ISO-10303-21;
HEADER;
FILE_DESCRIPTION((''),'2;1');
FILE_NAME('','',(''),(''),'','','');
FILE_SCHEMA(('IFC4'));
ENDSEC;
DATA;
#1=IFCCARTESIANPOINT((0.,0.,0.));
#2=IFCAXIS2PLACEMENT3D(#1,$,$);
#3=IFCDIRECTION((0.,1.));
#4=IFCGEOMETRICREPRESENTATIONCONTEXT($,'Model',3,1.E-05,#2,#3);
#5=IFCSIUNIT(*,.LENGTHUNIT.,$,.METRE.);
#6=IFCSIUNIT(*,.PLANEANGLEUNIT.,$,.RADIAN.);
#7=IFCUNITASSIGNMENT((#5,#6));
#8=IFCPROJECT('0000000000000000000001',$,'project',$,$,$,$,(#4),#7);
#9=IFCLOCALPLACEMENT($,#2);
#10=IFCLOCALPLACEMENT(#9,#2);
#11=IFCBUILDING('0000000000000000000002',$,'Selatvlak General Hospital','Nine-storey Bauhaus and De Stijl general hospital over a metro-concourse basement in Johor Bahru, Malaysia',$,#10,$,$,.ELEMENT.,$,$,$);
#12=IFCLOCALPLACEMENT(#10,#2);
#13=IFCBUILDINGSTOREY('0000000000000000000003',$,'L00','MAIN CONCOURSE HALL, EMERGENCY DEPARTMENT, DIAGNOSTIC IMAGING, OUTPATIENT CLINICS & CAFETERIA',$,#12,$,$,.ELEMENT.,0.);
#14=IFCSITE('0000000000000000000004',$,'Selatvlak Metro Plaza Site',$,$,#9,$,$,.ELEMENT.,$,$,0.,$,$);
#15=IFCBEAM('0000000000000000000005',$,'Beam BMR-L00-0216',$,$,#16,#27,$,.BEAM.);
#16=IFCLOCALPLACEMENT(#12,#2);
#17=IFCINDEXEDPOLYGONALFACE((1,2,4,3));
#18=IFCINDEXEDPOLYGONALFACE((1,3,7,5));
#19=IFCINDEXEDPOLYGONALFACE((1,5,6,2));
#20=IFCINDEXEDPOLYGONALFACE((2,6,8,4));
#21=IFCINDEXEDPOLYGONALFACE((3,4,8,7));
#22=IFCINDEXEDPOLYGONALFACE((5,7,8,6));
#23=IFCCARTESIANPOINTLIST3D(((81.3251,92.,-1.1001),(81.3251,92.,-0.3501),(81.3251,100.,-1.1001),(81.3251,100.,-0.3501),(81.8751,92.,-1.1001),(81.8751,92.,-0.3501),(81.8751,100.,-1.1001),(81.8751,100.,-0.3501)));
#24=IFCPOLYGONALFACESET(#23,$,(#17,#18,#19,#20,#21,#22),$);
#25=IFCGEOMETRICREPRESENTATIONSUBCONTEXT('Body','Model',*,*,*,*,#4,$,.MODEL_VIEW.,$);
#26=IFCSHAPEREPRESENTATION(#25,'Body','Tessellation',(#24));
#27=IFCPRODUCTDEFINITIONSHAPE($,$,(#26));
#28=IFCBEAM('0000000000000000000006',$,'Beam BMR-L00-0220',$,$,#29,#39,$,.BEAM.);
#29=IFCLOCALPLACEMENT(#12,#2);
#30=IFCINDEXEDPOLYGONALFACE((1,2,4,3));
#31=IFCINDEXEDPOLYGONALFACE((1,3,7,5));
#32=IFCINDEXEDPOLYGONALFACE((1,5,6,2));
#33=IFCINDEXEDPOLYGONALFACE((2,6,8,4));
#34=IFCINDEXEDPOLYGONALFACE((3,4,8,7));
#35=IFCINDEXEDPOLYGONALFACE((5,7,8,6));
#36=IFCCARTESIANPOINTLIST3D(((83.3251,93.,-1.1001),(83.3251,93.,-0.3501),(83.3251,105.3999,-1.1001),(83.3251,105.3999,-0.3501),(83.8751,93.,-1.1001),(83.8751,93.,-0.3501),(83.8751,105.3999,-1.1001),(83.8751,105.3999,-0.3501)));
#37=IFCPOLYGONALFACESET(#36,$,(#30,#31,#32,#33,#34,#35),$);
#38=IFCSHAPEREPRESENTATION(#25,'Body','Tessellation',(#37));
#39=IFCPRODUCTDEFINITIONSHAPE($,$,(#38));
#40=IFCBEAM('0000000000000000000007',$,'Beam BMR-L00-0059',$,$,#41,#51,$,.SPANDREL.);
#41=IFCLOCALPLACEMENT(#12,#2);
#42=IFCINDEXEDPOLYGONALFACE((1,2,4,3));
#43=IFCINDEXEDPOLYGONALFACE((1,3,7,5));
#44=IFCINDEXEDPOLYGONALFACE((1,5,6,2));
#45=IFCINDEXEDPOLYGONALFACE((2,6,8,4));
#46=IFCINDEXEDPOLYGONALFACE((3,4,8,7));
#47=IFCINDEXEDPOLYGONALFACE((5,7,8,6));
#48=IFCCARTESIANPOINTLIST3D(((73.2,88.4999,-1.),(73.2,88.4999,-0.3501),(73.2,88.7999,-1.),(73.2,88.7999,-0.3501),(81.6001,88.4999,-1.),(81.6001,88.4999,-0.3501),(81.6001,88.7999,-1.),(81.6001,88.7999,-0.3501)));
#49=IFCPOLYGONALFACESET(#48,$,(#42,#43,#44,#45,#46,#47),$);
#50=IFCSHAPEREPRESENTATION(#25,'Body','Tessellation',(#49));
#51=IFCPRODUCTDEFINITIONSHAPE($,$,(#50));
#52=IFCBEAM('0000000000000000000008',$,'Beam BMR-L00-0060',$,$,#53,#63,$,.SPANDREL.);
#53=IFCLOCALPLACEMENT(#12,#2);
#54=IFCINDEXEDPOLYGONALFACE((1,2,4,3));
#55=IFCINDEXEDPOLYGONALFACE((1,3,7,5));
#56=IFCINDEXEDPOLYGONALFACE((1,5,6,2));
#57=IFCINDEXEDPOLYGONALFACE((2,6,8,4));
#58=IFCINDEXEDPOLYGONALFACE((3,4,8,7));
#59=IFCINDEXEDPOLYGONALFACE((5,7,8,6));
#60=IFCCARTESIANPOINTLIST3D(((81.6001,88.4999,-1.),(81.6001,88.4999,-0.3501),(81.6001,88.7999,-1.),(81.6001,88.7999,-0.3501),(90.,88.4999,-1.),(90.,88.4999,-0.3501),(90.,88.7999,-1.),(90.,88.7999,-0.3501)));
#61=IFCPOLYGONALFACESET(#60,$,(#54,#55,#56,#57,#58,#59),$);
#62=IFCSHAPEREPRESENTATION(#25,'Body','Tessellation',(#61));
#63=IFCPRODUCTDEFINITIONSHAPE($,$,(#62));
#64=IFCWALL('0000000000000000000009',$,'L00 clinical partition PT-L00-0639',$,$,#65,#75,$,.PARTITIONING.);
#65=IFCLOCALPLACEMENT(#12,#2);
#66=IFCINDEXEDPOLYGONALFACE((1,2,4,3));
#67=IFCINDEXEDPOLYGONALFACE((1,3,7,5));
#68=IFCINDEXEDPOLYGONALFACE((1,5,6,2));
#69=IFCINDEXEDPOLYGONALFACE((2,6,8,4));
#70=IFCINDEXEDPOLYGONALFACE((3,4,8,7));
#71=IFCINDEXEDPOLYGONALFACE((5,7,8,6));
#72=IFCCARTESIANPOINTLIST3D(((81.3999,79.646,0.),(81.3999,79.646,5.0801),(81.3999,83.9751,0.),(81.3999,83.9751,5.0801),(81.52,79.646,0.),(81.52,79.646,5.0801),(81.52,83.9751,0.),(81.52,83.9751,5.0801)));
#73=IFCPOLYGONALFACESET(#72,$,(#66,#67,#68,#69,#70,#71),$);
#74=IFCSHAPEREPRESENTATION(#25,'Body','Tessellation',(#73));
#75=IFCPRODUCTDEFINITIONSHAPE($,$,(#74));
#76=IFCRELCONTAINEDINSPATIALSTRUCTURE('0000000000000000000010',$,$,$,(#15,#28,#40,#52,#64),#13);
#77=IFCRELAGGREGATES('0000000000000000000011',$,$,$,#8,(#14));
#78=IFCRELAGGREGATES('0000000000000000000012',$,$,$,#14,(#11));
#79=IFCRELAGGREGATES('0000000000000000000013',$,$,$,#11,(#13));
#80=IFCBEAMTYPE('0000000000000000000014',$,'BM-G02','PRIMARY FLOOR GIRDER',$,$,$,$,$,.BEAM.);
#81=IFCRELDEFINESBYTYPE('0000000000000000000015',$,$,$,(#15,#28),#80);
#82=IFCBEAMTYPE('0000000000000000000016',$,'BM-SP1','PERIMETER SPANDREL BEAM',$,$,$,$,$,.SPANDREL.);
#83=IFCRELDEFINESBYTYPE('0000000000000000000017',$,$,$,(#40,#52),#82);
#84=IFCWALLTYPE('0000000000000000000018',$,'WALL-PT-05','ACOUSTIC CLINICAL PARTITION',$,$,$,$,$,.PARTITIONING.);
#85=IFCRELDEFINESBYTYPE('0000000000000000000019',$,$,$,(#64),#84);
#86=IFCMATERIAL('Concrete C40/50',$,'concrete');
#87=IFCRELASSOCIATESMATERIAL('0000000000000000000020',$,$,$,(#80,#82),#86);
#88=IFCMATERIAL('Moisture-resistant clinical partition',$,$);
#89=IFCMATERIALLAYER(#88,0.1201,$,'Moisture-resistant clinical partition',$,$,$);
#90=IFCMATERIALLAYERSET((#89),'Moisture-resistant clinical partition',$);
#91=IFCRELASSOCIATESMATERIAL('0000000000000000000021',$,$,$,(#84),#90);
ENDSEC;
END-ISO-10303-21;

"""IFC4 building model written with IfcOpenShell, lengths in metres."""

from ifc_helpers import new_model, si_unit, direction, frame, frame_2d, origin, origin_2d, place, context, subcontext, project, spatial, rectangle, extrude, material, layer, layer_set, material_profile, profile_set, type_object, element, save


model = new_model("IFC4")

# Units and contexts
model_context = context("Model", 3, precision=1e-05, world=origin(), true_north=direction((0.0, 1.0)))
body_context = subcontext(model_context, "Body", "Model", "MODEL_VIEW")
ifc_project = project(units=[si_unit("LENGTHUNIT", "METRE"), si_unit("PLANEANGLEUNIT", "RADIAN")], contexts=[model_context])

# Site, building, storey
site_placement = place(None, origin())
site = spatial("IfcSite", under=ifc_project, at=site_placement, Name="Selatvlak Metro Plaza Site", CompositionType="ELEMENT", RefElevation=0.0)
building_placement = place(site_placement, origin())
building = spatial("IfcBuilding", under=site, at=building_placement, Name="Selatvlak General Hospital", Description="Nine-storey Bauhaus and De Stijl general hospital over a metro-concourse basement in Johor Bahru, Malaysia", CompositionType="ELEMENT")
storey_placement = place(building_placement, origin())
storey = spatial("IfcBuildingStorey", under=building, at=storey_placement, Name="L00", Description="MAIN CONCOURSE HALL, EMERGENCY DEPARTMENT, DIAGNOSTIC IMAGING, OUTPATIENT CLINICS & CAFETERIA", CompositionType="ELEMENT", Elevation=0.0)

# Beams
ifc_material_1 = material(Name="Concrete C40/50", Category="concrete")
ifc_material_profile_1 = material_profile(ifc_material_1, rectangle(XDim=0.55, YDim=0.75, at=origin_2d()), Name="RC-BM 550x750")
ifc_profile_set_1 = profile_set([ifc_material_profile_1], Name="Concrete C40/50")
beam_type_1 = type_object("IfcBeamType", Name="BM-G02", Description="PRIMARY FLOOR GIRDER", PredefinedType="BEAM", material=ifc_profile_set_1)
beam_1_placement = place(storey_placement, frame((81.6001, 92.0, -0.7251), z_axis=(0.0, 1.0, 0.0), x_axis=(-1.0, 0.0, 0.0)))
element("IfcBeam", 1, at=beam_1_placement, inside=storey, type_object=beam_type_1, Name="Beam BMR-L00-0216", PredefinedType="BEAM", context=body_context, shape_type="SweptSolid", body=[
    extrude(rectangle(XDim=0.55, YDim=0.75, at=origin_2d()), origin(), (0.0, 0.0, 1.0), 8.0),
])
beam_2_placement = place(storey_placement, frame((83.6001, 93.0, -0.7251), z_axis=(0.0, 1.0, 0.0), x_axis=(-1.0, 0.0, 0.0)))
element("IfcBeam", 2, at=beam_2_placement, inside=storey, type_object=beam_type_1, Name="Beam BMR-L00-0220", PredefinedType="BEAM", context=body_context, shape_type="SweptSolid", body=[
    extrude(rectangle(XDim=0.55, YDim=0.75, at=origin_2d()), origin(), (0.0, 0.0, 1.0), 12.3999),
])
ifc_material_profile_2 = material_profile(ifc_material_1, rectangle(XDim=0.3, YDim=0.6499, at=origin_2d()), Name="RC-SP 300x650")
ifc_profile_set_2 = profile_set([ifc_material_profile_2], Name="Concrete C40/50")
beam_type_2 = type_object("IfcBeamType", Name="BM-SP1", Description="PERIMETER SPANDREL BEAM", PredefinedType="SPANDREL", material=ifc_profile_set_2)
beam_3_placement = place(storey_placement, frame((73.2, 88.6499, -0.675), z_axis=(1.0, 0.0, 0.0), x_axis=(0.0, 1.0, 0.0)))
element("IfcBeam", 3, at=beam_3_placement, inside=storey, type_object=beam_type_2, Name="Beam BMR-L00-0059", PredefinedType="SPANDREL", context=body_context, shape_type="SweptSolid", body=[
    extrude(rectangle(XDim=0.3, YDim=0.6499, at=origin_2d()), origin(), (0.0, 0.0, 1.0), 8.4001),
])
beam_4_placement = place(storey_placement, frame((81.6001, 88.6499, -0.675), z_axis=(1.0, 0.0, 0.0), x_axis=(0.0, 1.0, 0.0)))
element("IfcBeam", 4, at=beam_4_placement, inside=storey, type_object=beam_type_2, Name="Beam BMR-L00-0060", PredefinedType="SPANDREL", context=body_context, shape_type="SweptSolid", body=[
    extrude(rectangle(XDim=0.3, YDim=0.6499, at=origin_2d()), origin(), (0.0, 0.0, 1.0), 8.3999),
])

# Wall
ifc_material_2 = material(Name="Moisture-resistant clinical partition")
ifc_layer = layer(ifc_material_2, 0.1201, Name="Moisture-resistant clinical partition")
ifc_layer_set = layer_set([ifc_layer], Name="Moisture-resistant clinical partition")
wall_type = type_object("IfcWallType", Name="WALL-PT-05", Description="ACOUSTIC CLINICAL PARTITION", PredefinedType="PARTITIONING", material=ifc_layer_set)
wall_placement = place(storey_placement, frame((81.46, 83.9751, 0.0), z_axis=(0.0, 0.0, 1.0), x_axis=(0.0, -1.0, 0.0)))
element("IfcWall", 5, at=wall_placement, inside=storey, type_object=wall_type, Name="L00 clinical partition PT-L00-0639", PredefinedType="PARTITIONING", context=body_context, shape_type="SweptSolid", body=[
    extrude(rectangle(XDim=4.3291, YDim=0.1201, at=frame_2d((2.1646, 0.0))), origin(), (0.0, 0.0, 1.0), 5.0801),
])

save(model, "model.ifc")
